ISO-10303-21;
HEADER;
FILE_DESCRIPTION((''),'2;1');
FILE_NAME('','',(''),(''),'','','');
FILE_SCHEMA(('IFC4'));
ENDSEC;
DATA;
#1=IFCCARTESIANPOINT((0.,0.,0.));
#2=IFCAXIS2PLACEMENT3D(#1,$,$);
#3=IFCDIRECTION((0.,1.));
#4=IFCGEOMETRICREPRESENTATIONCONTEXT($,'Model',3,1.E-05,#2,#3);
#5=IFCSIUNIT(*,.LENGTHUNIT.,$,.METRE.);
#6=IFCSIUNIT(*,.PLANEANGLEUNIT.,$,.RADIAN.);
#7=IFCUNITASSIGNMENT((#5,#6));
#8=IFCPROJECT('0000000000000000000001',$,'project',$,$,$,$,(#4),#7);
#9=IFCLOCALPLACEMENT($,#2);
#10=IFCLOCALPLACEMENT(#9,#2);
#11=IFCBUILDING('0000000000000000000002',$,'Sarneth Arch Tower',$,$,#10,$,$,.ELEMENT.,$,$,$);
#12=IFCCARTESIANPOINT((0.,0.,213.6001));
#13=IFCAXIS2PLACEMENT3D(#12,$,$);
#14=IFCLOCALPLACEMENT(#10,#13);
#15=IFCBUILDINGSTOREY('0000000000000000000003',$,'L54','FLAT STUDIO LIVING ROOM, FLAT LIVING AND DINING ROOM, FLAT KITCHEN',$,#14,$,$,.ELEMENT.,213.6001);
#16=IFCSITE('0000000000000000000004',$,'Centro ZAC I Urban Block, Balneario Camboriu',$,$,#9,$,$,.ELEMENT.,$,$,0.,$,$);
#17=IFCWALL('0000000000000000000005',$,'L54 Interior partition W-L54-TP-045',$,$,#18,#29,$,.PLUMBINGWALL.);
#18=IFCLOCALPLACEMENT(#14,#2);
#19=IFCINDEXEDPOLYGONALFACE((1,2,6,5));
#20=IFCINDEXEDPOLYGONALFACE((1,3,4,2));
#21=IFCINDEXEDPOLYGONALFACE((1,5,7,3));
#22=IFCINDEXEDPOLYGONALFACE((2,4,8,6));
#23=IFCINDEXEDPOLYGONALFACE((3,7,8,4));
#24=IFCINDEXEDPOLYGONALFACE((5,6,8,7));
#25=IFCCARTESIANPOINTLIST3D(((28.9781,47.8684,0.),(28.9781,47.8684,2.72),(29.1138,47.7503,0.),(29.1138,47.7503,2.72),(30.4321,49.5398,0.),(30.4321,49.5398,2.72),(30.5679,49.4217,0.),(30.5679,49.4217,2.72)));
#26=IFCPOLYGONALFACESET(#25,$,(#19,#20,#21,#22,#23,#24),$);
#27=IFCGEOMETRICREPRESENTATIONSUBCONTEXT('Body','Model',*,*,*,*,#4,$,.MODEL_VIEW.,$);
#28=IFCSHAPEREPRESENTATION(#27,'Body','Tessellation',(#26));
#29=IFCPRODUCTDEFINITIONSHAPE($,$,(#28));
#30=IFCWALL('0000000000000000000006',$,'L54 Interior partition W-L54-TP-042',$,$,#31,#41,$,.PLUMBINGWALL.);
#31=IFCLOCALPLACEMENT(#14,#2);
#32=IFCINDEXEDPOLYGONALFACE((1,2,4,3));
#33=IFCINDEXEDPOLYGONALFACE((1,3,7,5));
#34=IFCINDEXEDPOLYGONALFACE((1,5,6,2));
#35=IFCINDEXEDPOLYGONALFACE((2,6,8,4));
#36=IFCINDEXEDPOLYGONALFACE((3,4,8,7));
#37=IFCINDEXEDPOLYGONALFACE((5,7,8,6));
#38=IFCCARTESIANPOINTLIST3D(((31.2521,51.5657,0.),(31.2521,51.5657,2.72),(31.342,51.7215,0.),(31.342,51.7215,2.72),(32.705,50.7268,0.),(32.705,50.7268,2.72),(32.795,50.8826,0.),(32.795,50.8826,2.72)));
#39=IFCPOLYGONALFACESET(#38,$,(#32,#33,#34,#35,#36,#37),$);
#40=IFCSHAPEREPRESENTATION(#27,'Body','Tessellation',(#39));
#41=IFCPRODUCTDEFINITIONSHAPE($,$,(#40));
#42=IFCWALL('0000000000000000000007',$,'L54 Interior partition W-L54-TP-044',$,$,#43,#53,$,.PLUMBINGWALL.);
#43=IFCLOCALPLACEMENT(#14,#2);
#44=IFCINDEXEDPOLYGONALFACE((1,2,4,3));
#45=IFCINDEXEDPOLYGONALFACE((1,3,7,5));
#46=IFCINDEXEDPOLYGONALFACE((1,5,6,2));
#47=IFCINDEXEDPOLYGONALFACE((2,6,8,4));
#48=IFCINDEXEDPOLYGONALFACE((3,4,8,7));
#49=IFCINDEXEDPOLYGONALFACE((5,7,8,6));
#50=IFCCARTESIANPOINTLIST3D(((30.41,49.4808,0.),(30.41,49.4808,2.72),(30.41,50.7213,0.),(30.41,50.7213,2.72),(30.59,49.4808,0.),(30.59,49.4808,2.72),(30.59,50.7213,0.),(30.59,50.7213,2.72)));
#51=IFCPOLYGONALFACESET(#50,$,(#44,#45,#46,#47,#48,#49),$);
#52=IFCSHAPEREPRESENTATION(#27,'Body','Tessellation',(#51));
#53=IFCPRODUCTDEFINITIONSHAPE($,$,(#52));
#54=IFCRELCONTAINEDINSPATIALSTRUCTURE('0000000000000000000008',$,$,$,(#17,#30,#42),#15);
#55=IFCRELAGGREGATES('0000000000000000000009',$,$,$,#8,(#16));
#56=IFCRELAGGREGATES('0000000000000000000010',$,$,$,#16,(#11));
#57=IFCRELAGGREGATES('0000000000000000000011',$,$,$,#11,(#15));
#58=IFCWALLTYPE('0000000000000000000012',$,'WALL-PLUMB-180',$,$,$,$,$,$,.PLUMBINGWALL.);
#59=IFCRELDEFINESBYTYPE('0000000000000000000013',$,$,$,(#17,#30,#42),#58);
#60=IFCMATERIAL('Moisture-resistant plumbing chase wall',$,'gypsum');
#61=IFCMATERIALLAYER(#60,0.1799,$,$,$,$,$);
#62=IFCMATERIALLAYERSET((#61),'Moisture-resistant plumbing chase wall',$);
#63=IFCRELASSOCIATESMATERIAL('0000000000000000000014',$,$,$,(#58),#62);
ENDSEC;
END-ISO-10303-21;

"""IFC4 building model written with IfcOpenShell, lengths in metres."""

from ifc_helpers import new_model, si_unit, direction, frame, frame_2d, origin, place, context, subcontext, project, spatial, rectangle, extrude, material, layer, layer_set, type_object, element, save


model = new_model("IFC4")

# Units and contexts
model_context = context("Model", 3, precision=1e-05, world=origin(), true_north=direction((0.0, 1.0)))
body_context = subcontext(model_context, "Body", "Model", "MODEL_VIEW")
ifc_project = project(units=[si_unit("LENGTHUNIT", "METRE"), si_unit("PLANEANGLEUNIT", "RADIAN")], contexts=[model_context])

# Site, building, storey
site_placement = place(None, origin())
site = spatial("IfcSite", under=ifc_project, at=site_placement, Name="Centro ZAC I Urban Block, Balneario Camboriu", CompositionType="ELEMENT", RefElevation=0.0)
building_placement = place(site_placement, origin())
building = spatial("IfcBuilding", under=site, at=building_placement, Name="Sarneth Arch Tower", CompositionType="ELEMENT")
storey_placement = place(building_placement, frame((0.0, 0.0, 213.6001)))
storey = spatial("IfcBuildingStorey", under=building, at=storey_placement, Name="L54", Description="FLAT STUDIO LIVING ROOM, FLAT LIVING AND DINING ROOM, FLAT KITCHEN", CompositionType="ELEMENT", Elevation=213.6001)

# Shared definitions
ifc_material_1 = material(Name="Moisture-resistant plumbing chase wall", Category="gypsum")
ifc_layer_1 = layer(ifc_material_1, 0.1799)
ifc_layer_set_1 = layer_set([ifc_layer_1], Name="Moisture-resistant plumbing chase wall")
wall_type_1 = type_object("IfcWallType", Name="WALL-PLUMB-180", PredefinedType="PLUMBINGWALL", material=ifc_layer_set_1)

# Walls
wall_1_placement = place(storey_placement, frame((30.5, 49.4807, 0.0), z_axis=(0.0, 0.0, 1.0), x_axis=(-0.656364, -0.754444, 0.0)))
element("IfcWall", 1, at=wall_1_placement, inside=storey, type_object=wall_type_1, Name="L54 Interior partition W-L54-TP-045", PredefinedType="PLUMBINGWALL", context=body_context, shape_type="SweptSolid", body=[
    extrude(rectangle(XDim=2.2153, YDim=0.1799, at=frame_2d((1.1077, 0.0))), origin(), (0.0, 0.0, 1.0), 2.72),
])
wall_2_placement = place(storey_placement, frame((32.75, 50.8047, 0.0), z_axis=(0.0, 0.0, 1.0), x_axis=(-0.866014, 0.500021, 0.0)))
element("IfcWall", 2, at=wall_2_placement, inside=storey, type_object=wall_type_1, Name="L54 Interior partition W-L54-TP-042", PredefinedType="PLUMBINGWALL", context=body_context, shape_type="SweptSolid", body=[
    extrude(rectangle(XDim=1.6777, YDim=0.1799, at=frame_2d((0.8389, 0.0))), origin(), (0.0, 0.0, 1.0), 2.72),
])
wall_3_placement = place(storey_placement, frame((30.5, 50.7212, 0.0), z_axis=(0.0, 0.0, 1.0), x_axis=(0.0, -1.0, 0.0)))
element("IfcWall", 3, at=wall_3_placement, inside=storey, type_object=wall_type_1, Name="L54 Interior partition W-L54-TP-044", PredefinedType="PLUMBINGWALL", context=body_context, shape_type="SweptSolid", body=[
    extrude(rectangle(XDim=1.2405, YDim=0.1799, at=frame_2d((0.6201, 0.0))), origin(), (0.0, 0.0, 1.0), 2.72),
])

save(model, "model.ifc")
